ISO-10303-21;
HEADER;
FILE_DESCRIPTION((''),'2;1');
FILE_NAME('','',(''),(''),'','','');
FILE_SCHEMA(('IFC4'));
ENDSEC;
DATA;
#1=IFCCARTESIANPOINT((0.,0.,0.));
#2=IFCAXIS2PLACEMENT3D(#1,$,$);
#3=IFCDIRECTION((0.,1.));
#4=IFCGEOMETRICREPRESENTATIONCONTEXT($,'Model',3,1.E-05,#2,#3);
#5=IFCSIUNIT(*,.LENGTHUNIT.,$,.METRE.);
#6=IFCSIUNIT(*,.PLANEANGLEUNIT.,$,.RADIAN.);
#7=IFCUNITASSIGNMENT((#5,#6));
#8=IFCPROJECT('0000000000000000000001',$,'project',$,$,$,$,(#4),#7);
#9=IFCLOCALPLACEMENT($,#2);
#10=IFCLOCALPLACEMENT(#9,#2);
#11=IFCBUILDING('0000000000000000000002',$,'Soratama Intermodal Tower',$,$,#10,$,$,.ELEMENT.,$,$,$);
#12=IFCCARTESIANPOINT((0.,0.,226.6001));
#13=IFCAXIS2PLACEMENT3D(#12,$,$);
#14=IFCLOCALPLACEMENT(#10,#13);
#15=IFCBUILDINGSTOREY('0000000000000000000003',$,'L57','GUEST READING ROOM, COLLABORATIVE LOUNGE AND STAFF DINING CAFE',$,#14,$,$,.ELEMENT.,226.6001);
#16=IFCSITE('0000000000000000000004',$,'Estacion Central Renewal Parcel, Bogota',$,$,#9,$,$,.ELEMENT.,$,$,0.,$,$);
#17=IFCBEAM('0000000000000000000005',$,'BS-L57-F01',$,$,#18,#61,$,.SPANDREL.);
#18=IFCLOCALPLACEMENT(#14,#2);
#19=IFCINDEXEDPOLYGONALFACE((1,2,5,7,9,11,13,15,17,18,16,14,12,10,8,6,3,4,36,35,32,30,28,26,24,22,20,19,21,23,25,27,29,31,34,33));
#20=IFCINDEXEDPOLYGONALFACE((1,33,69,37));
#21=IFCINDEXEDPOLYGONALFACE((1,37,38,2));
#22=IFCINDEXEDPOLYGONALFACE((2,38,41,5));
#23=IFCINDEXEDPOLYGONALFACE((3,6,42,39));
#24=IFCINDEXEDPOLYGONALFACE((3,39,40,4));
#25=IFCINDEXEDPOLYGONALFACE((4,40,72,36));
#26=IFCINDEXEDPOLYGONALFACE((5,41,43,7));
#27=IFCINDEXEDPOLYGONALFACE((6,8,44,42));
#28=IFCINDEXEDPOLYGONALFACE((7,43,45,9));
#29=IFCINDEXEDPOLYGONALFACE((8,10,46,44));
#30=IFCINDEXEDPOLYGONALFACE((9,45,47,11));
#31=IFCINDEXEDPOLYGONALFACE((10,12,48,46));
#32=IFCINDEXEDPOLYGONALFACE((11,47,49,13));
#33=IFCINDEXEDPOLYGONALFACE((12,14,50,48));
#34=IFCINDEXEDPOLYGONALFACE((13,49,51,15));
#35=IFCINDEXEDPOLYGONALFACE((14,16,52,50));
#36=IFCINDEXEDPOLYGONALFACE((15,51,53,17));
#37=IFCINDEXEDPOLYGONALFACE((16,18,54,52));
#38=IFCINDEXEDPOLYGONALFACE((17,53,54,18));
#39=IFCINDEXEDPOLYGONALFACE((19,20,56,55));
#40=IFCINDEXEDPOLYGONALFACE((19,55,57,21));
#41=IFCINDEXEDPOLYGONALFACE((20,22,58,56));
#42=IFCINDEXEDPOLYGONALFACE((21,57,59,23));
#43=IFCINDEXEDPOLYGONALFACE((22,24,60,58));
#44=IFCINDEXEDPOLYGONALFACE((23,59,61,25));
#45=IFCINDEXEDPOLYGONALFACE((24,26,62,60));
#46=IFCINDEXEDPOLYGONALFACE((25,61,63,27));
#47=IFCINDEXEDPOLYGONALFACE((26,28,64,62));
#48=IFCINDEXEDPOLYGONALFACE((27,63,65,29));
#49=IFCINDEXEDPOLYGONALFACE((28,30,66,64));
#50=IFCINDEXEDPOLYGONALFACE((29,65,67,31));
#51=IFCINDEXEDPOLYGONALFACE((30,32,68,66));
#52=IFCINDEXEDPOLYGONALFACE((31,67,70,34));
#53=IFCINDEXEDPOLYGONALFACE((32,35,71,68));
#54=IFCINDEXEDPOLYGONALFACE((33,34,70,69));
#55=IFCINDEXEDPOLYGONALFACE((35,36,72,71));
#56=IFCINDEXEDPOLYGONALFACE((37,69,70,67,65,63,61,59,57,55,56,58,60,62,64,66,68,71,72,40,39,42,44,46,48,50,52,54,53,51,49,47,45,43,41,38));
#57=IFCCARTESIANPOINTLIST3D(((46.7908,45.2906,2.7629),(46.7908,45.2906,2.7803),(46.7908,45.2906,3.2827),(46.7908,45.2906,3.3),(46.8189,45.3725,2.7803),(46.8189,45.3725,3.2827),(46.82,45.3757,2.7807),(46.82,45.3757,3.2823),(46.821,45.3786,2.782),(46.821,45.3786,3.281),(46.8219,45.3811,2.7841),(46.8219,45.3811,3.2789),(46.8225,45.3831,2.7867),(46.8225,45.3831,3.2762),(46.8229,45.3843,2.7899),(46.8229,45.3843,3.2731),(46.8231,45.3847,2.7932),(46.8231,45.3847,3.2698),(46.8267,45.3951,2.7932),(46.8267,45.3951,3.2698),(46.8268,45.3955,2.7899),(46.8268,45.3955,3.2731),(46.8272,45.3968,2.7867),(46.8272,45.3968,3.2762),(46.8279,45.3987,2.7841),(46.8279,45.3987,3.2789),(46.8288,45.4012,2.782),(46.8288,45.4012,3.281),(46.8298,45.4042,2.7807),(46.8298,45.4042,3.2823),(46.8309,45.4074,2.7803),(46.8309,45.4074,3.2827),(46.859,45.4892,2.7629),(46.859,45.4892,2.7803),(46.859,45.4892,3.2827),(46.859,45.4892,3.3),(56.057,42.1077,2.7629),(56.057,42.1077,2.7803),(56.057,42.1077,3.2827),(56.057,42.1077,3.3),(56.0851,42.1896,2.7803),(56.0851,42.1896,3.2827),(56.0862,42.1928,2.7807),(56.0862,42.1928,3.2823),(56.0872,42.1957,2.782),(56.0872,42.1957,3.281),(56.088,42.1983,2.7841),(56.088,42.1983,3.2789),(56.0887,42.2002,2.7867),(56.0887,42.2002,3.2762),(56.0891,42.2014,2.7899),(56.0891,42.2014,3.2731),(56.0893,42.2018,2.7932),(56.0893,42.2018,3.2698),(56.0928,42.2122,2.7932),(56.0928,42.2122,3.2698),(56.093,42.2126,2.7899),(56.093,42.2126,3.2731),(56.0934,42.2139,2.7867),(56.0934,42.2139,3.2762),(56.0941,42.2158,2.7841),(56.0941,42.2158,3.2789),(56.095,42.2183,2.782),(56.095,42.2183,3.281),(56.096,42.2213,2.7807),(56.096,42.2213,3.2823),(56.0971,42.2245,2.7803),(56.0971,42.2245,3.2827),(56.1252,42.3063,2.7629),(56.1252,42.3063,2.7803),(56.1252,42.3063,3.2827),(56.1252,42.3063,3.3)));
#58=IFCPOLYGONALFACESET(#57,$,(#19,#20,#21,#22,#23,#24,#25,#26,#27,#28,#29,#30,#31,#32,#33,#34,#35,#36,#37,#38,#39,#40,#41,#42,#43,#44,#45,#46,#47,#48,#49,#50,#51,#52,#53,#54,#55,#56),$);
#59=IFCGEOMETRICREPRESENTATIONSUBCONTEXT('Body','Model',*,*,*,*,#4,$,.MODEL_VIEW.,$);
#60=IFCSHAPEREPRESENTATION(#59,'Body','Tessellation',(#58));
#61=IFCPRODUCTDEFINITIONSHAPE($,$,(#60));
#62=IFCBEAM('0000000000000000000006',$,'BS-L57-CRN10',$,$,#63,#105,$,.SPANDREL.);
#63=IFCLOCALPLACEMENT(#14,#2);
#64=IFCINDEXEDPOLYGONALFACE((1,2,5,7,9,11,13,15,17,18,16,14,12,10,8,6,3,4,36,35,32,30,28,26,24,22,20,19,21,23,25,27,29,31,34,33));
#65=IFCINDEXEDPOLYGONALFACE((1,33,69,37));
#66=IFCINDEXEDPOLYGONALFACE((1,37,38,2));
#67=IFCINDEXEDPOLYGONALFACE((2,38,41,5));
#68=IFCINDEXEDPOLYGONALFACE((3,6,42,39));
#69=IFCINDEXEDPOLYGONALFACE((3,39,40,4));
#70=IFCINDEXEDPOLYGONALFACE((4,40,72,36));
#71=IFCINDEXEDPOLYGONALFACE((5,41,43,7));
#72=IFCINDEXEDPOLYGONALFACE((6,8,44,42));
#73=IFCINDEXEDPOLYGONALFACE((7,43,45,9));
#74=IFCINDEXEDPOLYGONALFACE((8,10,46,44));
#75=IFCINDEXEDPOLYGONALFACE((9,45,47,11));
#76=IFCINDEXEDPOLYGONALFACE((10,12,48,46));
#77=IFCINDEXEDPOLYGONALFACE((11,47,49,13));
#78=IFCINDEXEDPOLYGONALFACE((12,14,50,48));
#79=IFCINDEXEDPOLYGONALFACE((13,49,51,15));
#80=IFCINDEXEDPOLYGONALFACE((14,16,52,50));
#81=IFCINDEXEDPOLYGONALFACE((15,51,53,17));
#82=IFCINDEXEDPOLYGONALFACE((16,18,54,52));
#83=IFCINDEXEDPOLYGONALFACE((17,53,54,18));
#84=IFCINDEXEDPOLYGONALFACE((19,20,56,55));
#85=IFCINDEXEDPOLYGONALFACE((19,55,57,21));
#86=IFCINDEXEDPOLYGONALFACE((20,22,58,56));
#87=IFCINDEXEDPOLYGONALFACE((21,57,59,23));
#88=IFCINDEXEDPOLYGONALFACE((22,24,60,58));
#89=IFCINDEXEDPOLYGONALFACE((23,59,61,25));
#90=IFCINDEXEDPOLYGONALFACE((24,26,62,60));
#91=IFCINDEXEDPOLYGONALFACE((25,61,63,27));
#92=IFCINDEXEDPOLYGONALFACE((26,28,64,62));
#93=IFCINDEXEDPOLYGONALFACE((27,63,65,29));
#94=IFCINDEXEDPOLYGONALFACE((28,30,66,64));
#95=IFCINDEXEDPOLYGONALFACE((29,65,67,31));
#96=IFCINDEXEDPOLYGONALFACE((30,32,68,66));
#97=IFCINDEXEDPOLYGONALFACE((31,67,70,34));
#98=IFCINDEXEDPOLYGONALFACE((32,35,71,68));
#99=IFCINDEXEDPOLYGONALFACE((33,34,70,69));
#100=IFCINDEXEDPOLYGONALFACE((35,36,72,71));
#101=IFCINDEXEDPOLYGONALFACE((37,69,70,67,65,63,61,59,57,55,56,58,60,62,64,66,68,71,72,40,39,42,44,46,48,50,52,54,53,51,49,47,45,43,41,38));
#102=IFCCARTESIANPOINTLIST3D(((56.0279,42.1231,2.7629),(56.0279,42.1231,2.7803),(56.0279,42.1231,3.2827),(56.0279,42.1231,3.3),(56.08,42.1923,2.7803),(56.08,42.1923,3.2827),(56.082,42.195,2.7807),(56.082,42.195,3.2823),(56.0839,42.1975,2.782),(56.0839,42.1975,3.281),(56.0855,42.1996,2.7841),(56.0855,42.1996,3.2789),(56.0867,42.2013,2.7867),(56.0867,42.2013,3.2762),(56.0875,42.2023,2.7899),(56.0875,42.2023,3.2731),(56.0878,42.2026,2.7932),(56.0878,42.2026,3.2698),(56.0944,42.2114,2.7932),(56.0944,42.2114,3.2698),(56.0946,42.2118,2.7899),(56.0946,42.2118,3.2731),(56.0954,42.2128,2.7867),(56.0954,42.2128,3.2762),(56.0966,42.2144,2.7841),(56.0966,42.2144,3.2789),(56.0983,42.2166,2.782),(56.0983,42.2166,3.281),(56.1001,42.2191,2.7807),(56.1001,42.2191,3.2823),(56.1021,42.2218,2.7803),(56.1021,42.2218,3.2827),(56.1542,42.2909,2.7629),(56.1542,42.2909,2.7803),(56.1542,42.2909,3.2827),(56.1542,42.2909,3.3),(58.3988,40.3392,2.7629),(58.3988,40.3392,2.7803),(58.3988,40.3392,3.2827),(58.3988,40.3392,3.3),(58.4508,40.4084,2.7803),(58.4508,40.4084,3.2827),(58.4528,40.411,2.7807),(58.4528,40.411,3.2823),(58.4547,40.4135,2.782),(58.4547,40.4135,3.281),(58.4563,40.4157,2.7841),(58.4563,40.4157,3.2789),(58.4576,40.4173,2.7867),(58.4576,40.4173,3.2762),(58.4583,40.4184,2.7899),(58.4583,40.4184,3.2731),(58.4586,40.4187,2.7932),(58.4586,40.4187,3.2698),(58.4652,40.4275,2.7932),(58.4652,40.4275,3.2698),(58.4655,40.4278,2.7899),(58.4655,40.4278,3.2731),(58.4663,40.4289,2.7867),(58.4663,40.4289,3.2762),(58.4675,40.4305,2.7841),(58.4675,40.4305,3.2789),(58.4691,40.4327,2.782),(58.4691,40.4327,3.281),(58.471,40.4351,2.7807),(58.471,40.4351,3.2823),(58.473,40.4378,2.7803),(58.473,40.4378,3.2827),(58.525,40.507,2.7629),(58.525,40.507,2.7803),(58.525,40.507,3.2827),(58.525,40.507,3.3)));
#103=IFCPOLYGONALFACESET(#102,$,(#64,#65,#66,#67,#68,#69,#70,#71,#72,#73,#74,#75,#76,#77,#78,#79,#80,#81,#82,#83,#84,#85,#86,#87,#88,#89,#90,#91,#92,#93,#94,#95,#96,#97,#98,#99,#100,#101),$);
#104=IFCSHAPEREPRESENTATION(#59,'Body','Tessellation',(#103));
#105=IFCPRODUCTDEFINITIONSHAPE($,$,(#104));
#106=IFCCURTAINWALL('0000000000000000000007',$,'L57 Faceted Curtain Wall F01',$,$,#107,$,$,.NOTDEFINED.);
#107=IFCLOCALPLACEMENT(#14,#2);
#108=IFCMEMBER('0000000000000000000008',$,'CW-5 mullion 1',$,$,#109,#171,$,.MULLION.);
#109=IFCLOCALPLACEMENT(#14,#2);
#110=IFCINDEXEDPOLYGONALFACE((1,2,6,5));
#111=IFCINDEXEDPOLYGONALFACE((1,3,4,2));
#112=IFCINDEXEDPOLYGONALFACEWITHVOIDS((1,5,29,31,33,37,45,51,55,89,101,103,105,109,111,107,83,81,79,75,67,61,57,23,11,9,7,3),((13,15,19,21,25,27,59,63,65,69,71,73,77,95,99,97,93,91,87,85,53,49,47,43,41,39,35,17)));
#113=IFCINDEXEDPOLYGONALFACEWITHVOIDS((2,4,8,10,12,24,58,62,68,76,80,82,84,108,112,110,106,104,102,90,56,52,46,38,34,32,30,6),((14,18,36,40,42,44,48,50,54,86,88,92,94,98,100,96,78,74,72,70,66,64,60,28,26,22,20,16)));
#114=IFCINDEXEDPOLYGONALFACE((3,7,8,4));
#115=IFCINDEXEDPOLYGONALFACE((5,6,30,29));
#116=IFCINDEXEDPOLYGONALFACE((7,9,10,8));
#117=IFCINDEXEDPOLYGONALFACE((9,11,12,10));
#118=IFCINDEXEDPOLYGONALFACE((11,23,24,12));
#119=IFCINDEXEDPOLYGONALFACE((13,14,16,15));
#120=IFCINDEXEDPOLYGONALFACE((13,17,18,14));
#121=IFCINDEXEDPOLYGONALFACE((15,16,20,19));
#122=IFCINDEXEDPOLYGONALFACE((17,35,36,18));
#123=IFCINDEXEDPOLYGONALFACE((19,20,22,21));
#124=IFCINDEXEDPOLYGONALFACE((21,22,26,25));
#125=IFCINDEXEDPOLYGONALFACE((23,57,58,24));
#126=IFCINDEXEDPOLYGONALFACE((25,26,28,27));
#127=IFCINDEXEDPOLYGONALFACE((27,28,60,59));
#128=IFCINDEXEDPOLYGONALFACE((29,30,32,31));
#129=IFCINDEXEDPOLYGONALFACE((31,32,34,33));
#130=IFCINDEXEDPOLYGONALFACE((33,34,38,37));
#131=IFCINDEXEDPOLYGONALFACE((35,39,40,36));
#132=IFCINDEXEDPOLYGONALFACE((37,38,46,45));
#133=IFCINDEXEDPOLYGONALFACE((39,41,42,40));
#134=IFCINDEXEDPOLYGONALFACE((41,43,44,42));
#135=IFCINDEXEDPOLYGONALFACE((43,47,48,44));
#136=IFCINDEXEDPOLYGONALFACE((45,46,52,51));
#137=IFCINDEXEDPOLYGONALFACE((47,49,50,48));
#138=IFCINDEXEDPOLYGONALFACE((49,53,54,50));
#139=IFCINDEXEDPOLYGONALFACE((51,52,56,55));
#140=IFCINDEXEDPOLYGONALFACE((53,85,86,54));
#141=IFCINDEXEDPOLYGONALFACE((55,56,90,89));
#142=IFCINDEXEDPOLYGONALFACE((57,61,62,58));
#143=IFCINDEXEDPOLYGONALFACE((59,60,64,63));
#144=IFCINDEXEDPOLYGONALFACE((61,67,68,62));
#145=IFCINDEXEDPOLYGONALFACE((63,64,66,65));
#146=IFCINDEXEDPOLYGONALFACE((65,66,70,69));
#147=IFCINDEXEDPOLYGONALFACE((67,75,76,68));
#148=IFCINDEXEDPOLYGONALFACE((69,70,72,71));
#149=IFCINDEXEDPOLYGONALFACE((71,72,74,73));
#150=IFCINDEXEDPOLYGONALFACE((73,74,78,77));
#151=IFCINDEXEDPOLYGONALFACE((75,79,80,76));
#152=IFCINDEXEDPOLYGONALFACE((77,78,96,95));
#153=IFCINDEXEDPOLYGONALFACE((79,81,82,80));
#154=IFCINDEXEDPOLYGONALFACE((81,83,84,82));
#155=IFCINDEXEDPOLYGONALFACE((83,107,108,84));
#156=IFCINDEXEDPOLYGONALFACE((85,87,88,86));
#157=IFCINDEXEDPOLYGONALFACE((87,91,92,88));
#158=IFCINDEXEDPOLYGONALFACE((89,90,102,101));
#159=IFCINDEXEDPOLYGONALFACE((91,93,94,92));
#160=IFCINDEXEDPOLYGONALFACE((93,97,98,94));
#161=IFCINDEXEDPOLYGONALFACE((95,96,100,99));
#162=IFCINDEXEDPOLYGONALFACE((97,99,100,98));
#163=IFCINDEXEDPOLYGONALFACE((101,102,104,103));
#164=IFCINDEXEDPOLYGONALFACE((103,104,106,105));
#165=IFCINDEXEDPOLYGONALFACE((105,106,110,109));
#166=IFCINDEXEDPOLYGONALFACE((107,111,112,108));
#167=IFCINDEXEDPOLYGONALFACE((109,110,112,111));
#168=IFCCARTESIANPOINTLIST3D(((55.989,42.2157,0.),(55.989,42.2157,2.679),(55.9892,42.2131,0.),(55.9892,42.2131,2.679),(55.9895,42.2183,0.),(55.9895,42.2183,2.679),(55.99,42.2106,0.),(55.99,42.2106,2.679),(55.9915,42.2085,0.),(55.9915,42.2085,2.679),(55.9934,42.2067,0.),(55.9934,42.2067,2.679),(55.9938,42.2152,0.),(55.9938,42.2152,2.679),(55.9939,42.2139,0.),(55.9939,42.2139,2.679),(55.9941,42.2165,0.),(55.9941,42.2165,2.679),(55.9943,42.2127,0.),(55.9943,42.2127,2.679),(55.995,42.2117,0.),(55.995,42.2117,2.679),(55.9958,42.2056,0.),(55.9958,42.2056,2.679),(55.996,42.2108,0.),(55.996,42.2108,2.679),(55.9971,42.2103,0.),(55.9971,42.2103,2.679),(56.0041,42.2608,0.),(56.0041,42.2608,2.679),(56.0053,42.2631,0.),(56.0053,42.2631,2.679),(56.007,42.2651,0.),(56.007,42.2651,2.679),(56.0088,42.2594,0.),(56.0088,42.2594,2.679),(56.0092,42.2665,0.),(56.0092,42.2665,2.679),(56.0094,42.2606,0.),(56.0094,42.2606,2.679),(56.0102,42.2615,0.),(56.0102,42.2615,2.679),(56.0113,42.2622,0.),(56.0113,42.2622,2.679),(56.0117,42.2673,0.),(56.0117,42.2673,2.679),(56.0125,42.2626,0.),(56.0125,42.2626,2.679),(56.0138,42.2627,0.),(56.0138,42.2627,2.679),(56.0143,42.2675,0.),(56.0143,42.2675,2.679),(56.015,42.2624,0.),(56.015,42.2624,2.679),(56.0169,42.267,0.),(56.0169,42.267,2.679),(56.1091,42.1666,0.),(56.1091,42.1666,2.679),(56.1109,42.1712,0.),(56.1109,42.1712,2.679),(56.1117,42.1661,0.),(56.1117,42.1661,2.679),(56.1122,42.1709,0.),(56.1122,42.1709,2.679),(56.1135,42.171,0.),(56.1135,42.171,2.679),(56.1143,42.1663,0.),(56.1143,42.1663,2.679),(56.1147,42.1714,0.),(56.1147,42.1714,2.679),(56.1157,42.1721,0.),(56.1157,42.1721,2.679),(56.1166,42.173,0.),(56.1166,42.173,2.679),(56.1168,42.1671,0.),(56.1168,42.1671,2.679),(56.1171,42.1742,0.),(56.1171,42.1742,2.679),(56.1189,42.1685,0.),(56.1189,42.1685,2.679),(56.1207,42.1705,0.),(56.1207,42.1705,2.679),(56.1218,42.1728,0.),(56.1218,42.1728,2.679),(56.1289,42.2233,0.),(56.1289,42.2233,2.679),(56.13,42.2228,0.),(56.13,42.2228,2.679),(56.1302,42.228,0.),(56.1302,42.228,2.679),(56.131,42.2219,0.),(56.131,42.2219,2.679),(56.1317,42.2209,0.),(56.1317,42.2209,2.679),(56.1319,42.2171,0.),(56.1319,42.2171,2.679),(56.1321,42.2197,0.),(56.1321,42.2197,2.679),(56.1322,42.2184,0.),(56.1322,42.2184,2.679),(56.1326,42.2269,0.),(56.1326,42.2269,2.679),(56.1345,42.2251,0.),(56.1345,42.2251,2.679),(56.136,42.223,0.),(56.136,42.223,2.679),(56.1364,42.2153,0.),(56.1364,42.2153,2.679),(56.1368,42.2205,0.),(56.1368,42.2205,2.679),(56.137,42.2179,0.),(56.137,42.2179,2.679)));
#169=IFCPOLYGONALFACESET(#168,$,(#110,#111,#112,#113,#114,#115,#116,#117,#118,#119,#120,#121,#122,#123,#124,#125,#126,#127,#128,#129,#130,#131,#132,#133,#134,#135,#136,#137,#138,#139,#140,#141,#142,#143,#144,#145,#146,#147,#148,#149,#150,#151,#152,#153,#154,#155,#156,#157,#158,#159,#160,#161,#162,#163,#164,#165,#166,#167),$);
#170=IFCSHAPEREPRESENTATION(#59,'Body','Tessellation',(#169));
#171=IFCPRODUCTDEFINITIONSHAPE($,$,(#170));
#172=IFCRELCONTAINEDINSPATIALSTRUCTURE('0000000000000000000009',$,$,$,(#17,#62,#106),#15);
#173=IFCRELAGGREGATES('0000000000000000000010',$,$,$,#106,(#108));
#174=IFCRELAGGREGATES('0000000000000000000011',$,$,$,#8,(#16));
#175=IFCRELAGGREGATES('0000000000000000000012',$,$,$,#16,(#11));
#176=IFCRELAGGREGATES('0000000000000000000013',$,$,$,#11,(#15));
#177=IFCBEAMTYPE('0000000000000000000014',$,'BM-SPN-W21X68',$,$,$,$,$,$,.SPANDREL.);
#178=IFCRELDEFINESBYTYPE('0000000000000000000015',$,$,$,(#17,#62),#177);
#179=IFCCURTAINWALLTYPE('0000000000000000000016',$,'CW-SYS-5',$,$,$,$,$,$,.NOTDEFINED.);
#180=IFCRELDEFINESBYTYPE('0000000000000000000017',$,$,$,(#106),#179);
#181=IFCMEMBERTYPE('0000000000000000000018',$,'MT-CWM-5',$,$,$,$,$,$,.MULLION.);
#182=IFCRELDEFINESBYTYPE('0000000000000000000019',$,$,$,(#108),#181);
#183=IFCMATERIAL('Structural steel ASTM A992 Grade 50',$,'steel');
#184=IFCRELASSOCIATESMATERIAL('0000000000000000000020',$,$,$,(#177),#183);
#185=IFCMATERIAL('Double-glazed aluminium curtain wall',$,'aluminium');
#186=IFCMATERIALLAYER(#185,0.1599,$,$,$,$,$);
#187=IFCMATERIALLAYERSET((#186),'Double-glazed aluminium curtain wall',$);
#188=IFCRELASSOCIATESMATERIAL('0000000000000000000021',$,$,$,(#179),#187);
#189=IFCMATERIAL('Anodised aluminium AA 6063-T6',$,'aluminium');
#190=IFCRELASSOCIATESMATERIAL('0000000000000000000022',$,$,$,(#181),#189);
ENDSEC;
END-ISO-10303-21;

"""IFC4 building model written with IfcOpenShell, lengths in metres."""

from ifc_helpers import new_model, si_unit, direction, frame, origin, origin_2d, place, context, subcontext, project, spatial, hollow_rectangle, i_section, extrude, material, layer, layer_set, material_profile, profile_set, type_object, element, aggregate, save


model = new_model("IFC4")

# Units and contexts
model_context = context("Model", 3, precision=1e-05, world=origin(), true_north=direction((0.0, 1.0)))
body_context = subcontext(model_context, "Body", "Model", "MODEL_VIEW")
ifc_project = project(units=[si_unit("LENGTHUNIT", "METRE"), si_unit("PLANEANGLEUNIT", "RADIAN")], contexts=[model_context])

# Site, building, storey
site_placement = place(None, origin())
site = spatial("IfcSite", under=ifc_project, at=site_placement, Name="Estacion Central Renewal Parcel, Bogota", CompositionType="ELEMENT", RefElevation=0.0)
building_placement = place(site_placement, origin())
building = spatial("IfcBuilding", under=site, at=building_placement, Name="Soratama Intermodal Tower", CompositionType="ELEMENT")
storey_placement = place(building_placement, frame((0.0, 0.0, 226.6001)))
storey = spatial("IfcBuildingStorey", under=building, at=storey_placement, Name="L57", Description="GUEST READING ROOM, COLLABORATIVE LOUNGE AND STAFF DINING CAFE", CompositionType="ELEMENT", Elevation=226.6001)

# Beams
ifc_material_1 = material(Name="Structural steel ASTM A992 Grade 50", Category="steel")
ifc_material_profile_1 = material_profile(ifc_material_1, i_section(OverallWidth=0.21, OverallDepth=0.5371, WebThickness=0.011, FlangeThickness=0.0173, FilletRadius=0.0129, at=origin_2d()), Name="W21X68")
ifc_profile_set_1 = profile_set([ifc_material_profile_1], Name="Structural steel ASTM A992 Grade 50")
beam_type_1 = type_object("IfcBeamType", Name="BM-SPN-W21X68", PredefinedType="SPANDREL", material=ifc_profile_set_1)
beam_1_placement = place(storey_placement, frame((56.0911, 42.207, 3.0315), z_axis=(-0.945761, 0.324864, 0.0), x_axis=(-0.324864, -0.945761, 0.0)))
element("IfcBeam", 1, at=beam_1_placement, inside=storey, type_object=beam_type_1, Name="BS-L57-F01", PredefinedType="SPANDREL", context=body_context, shape_type="SweptSolid", body=[
    extrude(i_section(OverallWidth=0.21, OverallDepth=0.5371, WebThickness=0.011, FlangeThickness=0.0173, FilletRadius=0.0129, at=origin_2d()), origin(), (0.0, 0.0, 1.0), 9.7976),
])
beam_2_placement = place(storey_placement, frame((58.4619, 40.4231, 3.0315), z_axis=(-0.799061, 0.60125, 0.0), x_axis=(-0.60125, -0.799061, 0.0)))
element("IfcBeam", 2, at=beam_2_placement, inside=storey, type_object=beam_type_1, Name="BS-L57-CRN10", PredefinedType="SPANDREL", context=body_context, shape_type="SweptSolid", body=[
    extrude(i_section(OverallWidth=0.21, OverallDepth=0.5371, WebThickness=0.011, FlangeThickness=0.0173, FilletRadius=0.0129, at=origin_2d()), origin(), (0.0, 0.0, 1.0), 2.967),
])

# Curtain wall, member
ifc_material_2 = material(Name="Double-glazed aluminium curtain wall", Category="aluminium")
ifc_layer_1 = layer(ifc_material_2, 0.1599)
ifc_layer_set_1 = layer_set([ifc_layer_1], Name="Double-glazed aluminium curtain wall")
curtain_wall_type = type_object("IfcCurtainWallType", Name="CW-SYS-5", PredefinedType="NOTDEFINED", material=ifc_layer_set_1)
curtain_wall_1_placement = place(storey_placement, origin())
curtain_wall_1 = element("IfcCurtainWall", 3, at=curtain_wall_1_placement, inside=storey, type_object=curtain_wall_type, Name="L57 Faceted Curtain Wall F01", PredefinedType="NOTDEFINED")
ifc_material_3 = material(Name="Anodised aluminium AA 6063-T6", Category="aluminium")
ifc_material_profile_2 = material_profile(ifc_material_3, hollow_rectangle(XDim=0.0649, YDim=0.1399, WallThickness=0.0049, InnerFilletRadius=0.0049, OuterFilletRadius=0.01, at=origin_2d()), Name="CWM140X65X5")
ifc_profile_set_2 = profile_set([ifc_material_profile_2], Name="Anodised aluminium AA 6063-T6")
member_type_1 = type_object("IfcMemberType", Name="MT-CWM-5", PredefinedType="MULLION", material=ifc_profile_set_2)
member_1_placement = place(storey_placement, frame((56.063, 42.2168, 0.0), z_axis=(0.0, 0.0, 1.0), x_axis=(-0.324904, -0.945747, 0.0)))
member_1 = element("IfcMember", 4, at=member_1_placement, type_object=member_type_1, Name="CW-5 mullion 1", PredefinedType="MULLION", context=body_context, shape_type="SweptSolid", body=[
    extrude(hollow_rectangle(XDim=0.0649, YDim=0.1399, WallThickness=0.0049, InnerFilletRadius=0.0049, OuterFilletRadius=0.01, at=origin_2d()), origin(), (0.0, 0.0, 1.0), 2.679),
])

aggregate(curtain_wall_1, [member_1])

save(model, "model.ifc")
